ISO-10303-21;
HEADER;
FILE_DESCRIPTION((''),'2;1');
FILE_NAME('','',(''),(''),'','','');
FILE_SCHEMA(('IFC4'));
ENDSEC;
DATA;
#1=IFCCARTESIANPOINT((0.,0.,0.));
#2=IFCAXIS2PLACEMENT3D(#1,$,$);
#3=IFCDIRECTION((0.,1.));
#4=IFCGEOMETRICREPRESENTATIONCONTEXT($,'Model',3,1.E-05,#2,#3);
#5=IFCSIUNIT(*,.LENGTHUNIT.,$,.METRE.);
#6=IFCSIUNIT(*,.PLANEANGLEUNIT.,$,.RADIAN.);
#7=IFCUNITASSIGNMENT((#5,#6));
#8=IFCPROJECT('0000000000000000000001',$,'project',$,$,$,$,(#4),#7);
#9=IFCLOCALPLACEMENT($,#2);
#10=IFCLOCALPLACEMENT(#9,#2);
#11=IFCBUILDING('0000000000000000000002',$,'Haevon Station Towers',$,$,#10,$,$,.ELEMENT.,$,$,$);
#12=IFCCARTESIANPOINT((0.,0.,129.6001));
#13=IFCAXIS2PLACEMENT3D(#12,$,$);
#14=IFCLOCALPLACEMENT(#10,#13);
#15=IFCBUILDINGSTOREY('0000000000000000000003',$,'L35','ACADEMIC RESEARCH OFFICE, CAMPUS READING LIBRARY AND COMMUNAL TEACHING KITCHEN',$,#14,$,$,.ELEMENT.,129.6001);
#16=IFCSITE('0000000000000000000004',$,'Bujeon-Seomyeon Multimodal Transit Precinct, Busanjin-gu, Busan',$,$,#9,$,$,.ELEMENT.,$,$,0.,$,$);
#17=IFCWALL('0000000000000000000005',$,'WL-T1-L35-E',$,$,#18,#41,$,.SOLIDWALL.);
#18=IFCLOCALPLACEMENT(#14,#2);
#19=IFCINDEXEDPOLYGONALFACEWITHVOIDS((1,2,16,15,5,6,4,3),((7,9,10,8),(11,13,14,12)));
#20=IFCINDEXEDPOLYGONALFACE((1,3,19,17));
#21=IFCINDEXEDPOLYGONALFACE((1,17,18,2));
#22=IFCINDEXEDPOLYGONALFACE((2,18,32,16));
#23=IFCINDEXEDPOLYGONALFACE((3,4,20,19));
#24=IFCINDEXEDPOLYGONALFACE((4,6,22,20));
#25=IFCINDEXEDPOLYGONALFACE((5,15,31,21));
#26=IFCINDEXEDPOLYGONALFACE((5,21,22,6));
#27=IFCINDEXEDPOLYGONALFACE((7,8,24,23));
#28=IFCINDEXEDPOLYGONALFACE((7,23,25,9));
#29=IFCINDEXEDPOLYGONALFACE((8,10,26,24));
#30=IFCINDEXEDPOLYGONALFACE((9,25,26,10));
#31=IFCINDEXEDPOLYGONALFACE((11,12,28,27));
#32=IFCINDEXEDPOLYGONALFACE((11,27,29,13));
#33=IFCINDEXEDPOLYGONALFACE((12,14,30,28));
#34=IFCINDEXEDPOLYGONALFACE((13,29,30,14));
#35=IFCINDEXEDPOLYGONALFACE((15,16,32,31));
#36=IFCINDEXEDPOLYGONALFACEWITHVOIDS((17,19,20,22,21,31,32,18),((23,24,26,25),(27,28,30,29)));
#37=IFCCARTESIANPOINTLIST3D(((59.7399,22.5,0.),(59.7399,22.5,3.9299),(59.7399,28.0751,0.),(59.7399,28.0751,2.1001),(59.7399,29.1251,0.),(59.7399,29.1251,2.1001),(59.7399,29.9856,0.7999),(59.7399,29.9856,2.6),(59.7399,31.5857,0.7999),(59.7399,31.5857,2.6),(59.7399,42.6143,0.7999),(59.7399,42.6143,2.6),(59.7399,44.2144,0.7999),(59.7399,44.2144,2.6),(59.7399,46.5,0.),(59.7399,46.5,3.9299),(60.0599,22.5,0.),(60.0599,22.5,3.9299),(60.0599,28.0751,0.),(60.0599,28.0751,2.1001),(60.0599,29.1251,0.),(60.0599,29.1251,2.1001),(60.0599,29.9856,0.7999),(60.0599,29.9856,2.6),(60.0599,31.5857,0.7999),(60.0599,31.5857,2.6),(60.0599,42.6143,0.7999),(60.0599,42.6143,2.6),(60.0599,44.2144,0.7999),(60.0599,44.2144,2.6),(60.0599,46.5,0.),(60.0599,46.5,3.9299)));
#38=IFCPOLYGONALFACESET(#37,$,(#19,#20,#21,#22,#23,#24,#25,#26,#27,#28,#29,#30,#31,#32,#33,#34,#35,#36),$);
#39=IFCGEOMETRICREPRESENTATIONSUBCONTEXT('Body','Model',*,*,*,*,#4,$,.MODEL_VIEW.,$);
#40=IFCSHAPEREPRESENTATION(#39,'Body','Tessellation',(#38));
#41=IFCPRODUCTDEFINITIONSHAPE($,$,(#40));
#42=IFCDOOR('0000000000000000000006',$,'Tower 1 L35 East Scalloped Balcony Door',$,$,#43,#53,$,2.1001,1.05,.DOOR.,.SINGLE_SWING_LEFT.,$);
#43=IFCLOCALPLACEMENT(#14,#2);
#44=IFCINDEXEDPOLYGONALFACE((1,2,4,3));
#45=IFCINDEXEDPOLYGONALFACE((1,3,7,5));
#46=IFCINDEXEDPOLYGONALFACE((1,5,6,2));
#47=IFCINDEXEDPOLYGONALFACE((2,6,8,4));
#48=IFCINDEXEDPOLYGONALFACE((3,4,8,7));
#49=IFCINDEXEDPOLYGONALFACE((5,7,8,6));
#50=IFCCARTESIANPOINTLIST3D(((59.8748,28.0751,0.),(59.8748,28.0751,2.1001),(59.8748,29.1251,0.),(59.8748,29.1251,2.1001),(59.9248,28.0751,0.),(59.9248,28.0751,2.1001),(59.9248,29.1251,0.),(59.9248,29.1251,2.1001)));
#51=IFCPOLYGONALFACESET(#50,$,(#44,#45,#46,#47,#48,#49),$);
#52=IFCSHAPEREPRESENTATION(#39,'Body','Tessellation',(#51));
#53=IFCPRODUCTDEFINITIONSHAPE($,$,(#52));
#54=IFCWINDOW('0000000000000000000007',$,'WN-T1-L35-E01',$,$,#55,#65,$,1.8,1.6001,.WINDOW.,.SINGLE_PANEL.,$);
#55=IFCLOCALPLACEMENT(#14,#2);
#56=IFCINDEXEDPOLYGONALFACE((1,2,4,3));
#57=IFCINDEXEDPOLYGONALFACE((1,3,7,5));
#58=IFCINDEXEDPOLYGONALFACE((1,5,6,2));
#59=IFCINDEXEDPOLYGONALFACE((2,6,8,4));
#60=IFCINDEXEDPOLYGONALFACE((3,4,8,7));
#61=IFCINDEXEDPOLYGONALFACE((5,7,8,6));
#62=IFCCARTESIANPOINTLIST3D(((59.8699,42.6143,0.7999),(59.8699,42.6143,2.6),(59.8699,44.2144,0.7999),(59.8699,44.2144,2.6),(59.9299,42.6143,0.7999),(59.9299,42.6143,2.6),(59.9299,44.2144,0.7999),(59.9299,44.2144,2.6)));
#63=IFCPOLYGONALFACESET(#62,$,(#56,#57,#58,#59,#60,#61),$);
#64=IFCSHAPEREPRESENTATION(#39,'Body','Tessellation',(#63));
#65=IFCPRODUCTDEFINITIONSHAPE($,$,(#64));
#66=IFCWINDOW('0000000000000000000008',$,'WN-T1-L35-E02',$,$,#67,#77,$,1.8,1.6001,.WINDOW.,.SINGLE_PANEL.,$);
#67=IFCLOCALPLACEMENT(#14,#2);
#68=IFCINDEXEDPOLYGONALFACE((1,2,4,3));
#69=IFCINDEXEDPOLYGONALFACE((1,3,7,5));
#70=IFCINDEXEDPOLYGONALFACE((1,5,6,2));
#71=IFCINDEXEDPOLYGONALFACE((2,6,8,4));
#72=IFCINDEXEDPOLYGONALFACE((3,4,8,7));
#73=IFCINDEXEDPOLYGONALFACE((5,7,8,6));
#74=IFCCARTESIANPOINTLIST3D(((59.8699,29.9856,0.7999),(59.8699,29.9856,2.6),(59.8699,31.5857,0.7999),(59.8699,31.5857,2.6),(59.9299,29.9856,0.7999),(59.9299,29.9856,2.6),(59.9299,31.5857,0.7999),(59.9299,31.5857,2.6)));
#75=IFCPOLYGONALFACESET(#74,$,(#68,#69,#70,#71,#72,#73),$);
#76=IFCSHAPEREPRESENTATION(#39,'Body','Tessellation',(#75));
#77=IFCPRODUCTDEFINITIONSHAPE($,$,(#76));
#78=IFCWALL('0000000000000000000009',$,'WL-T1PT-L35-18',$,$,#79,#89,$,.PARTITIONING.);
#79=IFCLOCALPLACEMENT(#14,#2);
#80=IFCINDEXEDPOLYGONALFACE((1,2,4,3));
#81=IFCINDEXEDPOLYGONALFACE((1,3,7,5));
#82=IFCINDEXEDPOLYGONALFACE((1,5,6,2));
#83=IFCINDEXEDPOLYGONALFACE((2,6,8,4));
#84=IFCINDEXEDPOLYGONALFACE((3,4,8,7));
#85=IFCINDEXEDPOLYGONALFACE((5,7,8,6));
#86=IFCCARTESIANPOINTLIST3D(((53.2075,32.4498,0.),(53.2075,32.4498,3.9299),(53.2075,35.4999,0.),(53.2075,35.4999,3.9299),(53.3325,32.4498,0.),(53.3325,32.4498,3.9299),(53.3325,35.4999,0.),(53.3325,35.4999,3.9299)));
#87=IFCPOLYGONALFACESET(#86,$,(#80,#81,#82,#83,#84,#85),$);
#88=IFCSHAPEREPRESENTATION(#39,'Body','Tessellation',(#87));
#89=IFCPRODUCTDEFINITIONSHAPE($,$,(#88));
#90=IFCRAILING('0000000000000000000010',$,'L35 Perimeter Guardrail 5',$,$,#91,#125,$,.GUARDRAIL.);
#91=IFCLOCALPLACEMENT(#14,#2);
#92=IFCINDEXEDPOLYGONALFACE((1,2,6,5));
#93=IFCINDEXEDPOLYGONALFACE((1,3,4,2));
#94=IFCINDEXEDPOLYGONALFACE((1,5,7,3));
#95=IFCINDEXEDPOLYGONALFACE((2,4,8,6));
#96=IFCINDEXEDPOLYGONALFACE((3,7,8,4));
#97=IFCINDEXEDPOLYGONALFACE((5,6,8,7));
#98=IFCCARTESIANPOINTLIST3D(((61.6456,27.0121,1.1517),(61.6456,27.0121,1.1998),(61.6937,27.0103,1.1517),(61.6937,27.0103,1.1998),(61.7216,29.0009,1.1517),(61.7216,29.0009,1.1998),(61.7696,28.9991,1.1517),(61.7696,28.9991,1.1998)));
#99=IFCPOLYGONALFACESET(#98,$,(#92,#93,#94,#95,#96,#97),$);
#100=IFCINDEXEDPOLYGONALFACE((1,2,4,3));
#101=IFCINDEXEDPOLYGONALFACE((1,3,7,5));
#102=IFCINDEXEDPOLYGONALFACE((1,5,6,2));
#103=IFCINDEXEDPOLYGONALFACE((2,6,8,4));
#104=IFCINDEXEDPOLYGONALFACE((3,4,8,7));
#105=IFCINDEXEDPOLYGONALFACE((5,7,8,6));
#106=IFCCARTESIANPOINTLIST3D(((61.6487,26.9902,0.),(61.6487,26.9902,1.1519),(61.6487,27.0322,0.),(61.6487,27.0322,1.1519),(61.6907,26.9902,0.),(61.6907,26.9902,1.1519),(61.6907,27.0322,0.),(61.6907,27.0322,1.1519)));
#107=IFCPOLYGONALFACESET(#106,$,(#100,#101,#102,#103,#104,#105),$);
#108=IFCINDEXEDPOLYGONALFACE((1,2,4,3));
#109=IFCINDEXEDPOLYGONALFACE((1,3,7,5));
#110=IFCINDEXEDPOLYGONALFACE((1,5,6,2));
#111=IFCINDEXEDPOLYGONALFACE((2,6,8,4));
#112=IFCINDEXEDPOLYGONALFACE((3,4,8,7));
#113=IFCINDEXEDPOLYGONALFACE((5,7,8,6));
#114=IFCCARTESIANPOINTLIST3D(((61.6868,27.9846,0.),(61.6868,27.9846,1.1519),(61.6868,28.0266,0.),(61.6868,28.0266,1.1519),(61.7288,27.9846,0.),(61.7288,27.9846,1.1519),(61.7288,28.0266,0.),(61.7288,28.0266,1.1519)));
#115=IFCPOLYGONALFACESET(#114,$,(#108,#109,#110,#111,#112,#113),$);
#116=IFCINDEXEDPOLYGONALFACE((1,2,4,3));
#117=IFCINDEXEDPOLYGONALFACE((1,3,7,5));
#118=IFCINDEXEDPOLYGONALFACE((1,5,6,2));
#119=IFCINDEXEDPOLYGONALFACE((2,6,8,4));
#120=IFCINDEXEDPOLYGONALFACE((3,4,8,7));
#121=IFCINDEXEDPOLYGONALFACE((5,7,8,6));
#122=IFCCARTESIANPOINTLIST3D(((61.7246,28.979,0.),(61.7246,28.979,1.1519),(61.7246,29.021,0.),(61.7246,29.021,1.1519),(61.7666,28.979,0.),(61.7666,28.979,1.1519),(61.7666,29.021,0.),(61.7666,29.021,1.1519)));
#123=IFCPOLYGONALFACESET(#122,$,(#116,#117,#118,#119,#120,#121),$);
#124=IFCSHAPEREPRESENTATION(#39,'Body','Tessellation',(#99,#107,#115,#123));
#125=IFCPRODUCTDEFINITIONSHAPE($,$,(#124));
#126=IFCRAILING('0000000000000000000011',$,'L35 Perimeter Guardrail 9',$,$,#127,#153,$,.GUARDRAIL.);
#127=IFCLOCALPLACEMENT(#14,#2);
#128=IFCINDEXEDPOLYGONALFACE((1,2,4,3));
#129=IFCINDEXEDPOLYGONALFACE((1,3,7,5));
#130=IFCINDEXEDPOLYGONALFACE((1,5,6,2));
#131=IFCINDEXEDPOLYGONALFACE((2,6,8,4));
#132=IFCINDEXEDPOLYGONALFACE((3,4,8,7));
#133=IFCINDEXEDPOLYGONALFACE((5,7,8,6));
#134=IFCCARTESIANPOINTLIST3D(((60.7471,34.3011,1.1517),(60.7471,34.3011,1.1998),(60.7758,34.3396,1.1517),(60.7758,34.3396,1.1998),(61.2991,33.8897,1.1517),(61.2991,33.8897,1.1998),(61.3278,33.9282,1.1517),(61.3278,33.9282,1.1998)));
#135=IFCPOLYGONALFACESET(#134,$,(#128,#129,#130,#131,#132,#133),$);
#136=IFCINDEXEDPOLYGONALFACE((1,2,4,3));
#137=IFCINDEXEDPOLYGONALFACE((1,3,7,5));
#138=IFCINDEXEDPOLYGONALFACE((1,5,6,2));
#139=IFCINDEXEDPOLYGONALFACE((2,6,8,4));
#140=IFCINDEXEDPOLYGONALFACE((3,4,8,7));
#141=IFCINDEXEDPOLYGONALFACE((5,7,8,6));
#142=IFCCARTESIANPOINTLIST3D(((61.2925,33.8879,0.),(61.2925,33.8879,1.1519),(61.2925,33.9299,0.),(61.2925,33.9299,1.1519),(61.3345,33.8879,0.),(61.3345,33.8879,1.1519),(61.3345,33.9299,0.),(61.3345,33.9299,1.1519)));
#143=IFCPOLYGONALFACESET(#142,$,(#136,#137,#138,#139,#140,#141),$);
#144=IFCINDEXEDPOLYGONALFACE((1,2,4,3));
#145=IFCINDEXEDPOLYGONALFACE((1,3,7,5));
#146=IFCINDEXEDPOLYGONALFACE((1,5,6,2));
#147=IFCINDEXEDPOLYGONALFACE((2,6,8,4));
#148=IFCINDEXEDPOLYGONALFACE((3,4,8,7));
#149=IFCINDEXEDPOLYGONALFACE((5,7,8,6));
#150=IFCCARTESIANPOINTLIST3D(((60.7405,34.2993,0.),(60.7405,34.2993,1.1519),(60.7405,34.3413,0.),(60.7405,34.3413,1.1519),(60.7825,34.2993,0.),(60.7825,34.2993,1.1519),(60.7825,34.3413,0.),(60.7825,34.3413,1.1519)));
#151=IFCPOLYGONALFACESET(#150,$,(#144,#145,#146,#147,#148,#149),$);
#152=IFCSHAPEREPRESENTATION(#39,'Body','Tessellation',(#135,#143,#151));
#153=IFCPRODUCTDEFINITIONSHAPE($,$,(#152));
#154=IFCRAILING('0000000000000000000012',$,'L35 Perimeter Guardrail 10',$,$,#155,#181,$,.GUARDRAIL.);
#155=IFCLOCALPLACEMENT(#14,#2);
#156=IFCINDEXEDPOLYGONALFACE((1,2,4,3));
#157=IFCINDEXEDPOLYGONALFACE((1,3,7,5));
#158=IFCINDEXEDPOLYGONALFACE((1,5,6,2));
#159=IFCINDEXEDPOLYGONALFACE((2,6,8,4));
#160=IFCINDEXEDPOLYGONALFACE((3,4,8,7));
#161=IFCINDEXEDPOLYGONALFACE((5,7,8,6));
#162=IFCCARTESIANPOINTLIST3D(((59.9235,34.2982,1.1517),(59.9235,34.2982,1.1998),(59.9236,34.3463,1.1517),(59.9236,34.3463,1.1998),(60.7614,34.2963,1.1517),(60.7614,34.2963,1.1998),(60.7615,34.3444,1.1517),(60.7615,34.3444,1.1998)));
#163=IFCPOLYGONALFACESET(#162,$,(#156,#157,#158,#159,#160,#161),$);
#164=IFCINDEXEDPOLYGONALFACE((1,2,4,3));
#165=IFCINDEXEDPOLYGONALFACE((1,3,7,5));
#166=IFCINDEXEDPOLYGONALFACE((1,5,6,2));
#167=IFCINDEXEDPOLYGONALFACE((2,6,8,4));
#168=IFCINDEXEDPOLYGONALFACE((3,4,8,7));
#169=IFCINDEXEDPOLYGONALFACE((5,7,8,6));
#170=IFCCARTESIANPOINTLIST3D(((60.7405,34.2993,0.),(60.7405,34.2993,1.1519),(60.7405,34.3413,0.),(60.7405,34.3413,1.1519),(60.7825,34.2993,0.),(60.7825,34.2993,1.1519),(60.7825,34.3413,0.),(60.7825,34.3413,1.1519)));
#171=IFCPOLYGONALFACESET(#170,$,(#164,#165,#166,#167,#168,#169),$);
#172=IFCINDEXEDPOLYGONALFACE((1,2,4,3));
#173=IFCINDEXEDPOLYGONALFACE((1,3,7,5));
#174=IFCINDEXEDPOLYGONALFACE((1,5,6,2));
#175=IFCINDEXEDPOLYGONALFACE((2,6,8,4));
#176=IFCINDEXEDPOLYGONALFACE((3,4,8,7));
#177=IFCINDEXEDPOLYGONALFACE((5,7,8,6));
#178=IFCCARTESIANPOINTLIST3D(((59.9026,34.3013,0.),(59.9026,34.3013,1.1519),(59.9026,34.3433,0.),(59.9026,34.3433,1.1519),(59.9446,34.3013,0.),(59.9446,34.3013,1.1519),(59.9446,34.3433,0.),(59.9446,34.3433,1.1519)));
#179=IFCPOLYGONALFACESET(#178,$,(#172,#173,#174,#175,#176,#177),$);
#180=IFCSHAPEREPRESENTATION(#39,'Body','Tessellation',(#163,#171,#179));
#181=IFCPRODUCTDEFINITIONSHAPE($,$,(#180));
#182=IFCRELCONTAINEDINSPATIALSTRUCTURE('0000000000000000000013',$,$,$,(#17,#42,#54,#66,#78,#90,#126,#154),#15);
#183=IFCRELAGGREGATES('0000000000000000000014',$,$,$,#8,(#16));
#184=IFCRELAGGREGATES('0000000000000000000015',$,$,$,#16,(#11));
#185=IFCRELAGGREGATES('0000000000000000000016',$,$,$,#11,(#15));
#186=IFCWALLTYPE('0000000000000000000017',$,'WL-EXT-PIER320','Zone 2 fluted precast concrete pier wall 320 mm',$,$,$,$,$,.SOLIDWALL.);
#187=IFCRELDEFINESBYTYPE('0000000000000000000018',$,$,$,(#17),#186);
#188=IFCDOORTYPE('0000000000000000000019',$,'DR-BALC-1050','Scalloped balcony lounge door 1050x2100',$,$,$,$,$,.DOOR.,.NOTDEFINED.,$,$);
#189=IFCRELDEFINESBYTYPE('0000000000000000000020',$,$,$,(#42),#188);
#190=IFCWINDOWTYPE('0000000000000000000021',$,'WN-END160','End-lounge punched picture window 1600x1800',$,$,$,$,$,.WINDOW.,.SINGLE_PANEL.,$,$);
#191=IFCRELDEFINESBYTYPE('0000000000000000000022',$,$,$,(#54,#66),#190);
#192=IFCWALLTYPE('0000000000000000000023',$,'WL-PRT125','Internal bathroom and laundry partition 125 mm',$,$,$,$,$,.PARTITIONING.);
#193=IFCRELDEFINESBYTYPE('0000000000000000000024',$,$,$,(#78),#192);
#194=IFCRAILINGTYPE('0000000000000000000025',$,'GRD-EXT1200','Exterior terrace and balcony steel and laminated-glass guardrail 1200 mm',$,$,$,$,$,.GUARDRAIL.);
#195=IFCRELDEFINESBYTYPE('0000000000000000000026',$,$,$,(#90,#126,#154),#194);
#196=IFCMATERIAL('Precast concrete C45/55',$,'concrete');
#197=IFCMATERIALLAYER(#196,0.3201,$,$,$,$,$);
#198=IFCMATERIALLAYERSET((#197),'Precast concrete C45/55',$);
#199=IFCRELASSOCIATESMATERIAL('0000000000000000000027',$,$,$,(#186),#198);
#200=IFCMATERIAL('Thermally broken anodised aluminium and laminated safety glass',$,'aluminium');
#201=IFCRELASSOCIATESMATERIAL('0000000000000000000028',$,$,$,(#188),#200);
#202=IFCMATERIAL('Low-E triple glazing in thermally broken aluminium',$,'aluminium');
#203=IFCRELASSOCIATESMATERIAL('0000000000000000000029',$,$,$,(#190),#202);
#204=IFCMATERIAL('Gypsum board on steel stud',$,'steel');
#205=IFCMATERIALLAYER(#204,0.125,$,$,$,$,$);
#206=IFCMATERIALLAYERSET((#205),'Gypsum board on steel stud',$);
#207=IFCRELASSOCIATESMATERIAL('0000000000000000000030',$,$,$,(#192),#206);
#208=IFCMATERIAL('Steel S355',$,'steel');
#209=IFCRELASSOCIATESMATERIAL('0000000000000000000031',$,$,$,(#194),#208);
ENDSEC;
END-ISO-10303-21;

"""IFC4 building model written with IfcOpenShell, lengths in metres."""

from ifc_helpers import new_model, si_unit, direction, frame, frame_2d, origin, origin_2d, place, context, subcontext, project, spatial, rectangle, extrude, material, layer, layer_set, type_object, element, fill, save


model = new_model("IFC4")

# Units and contexts
model_context = context("Model", 3, precision=1e-05, world=origin(), true_north=direction((0.0, 1.0)))
body_context = subcontext(model_context, "Body", "Model", "MODEL_VIEW")
ifc_project = project(units=[si_unit("LENGTHUNIT", "METRE"), si_unit("PLANEANGLEUNIT", "RADIAN")], contexts=[model_context])

# Site, building, storey
site_placement = place(None, origin())
site = spatial("IfcSite", under=ifc_project, at=site_placement, Name="Bujeon-Seomyeon Multimodal Transit Precinct, Busanjin-gu, Busan", CompositionType="ELEMENT", RefElevation=0.0)
building_placement = place(site_placement, origin())
building = spatial("IfcBuilding", under=site, at=building_placement, Name="Haevon Station Towers", CompositionType="ELEMENT")
storey_placement = place(building_placement, frame((0.0, 0.0, 129.6001)))
storey = spatial("IfcBuildingStorey", under=building, at=storey_placement, Name="L35", Description="ACADEMIC RESEARCH OFFICE, CAMPUS READING LIBRARY AND COMMUNAL TEACHING KITCHEN", CompositionType="ELEMENT", Elevation=129.6001)

# Shared definitions
ifc_material_1 = material(Name="Precast concrete C45/55", Category="concrete")
ifc_layer_1 = layer(ifc_material_1, 0.3201)
ifc_layer_set_1 = layer_set([ifc_layer_1], Name="Precast concrete C45/55")
wall_type_1 = type_object("IfcWallType", Name="WL-EXT-PIER320", Description="Zone 2 fluted precast concrete pier wall 320 mm", PredefinedType="SOLIDWALL", material=ifc_layer_set_1)

# Wall, openings, door, windows
wall_1_placement = place(storey_placement, frame((59.8999, 46.5, 0.0), z_axis=(0.0, 0.0, 1.0), x_axis=(0.0, -1.0, 0.0)))
wall_1 = element("IfcWall", 1, at=wall_1_placement, inside=storey, type_object=wall_type_1, Name="WL-T1-L35-E", PredefinedType="SOLIDWALL", context=body_context, shape_type="SweptSolid", body=[
    extrude(rectangle(XDim=24.0, YDim=0.3201, at=frame_2d((12.0, 0.0))), origin(), (0.0, 0.0, 1.0), 3.9299),
])
opening_1_placement = place(wall_1_placement, frame((17.375, 0.0, 0.0)))
opening_1 = element("IfcOpeningElement", 2, at=opening_1_placement, cuts=wall_1, PredefinedType="OPENING", context=body_context, shape_type="SweptSolid", body=[
    extrude(rectangle(XDim=1.05, YDim=2.1001, at=frame_2d((0.5249, 1.05))), frame((0.0, 0.1699, 0.0), z_axis=(0.0, -1.0, 0.0), x_axis=(1.0, 0.0, 0.0)), (0.0, 0.0, 1.0), 0.3401),
])
opening_2_placement = place(wall_1_placement, frame((2.2856, 0.0, 0.8)))
opening_2 = element("IfcOpeningElement", 3, at=opening_2_placement, cuts=wall_1, PredefinedType="OPENING", context=body_context, shape_type="SweptSolid", body=[
    extrude(rectangle(XDim=1.6001, YDim=1.8, at=frame_2d((0.8, 0.8999))), frame((0.0, 0.1699, 0.0), z_axis=(0.0, -1.0, 0.0), x_axis=(1.0, 0.0, 0.0)), (0.0, 0.0, 1.0), 0.3401),
])
opening_3_placement = place(wall_1_placement, frame((14.9143, 0.0, 0.8)))
opening_3 = element("IfcOpeningElement", 4, at=opening_3_placement, cuts=wall_1, PredefinedType="OPENING", context=body_context, shape_type="SweptSolid", body=[
    extrude(rectangle(XDim=1.6001, YDim=1.8, at=frame_2d((0.8, 0.8999))), frame((0.0, 0.1699, 0.0), z_axis=(0.0, -1.0, 0.0), x_axis=(1.0, 0.0, 0.0)), (0.0, 0.0, 1.0), 0.3401),
])
ifc_material_2 = material(Name="Thermally broken anodised aluminium and laminated safety glass", Category="aluminium")
door_type = type_object("IfcDoorType", Name="DR-BALC-1050", Description="Scalloped balcony lounge door 1050x2100", OperationType="NOTDEFINED", PredefinedType="DOOR", material=ifc_material_2)
door_placement = place(opening_1_placement, origin())
door = element("IfcDoor", 5, at=door_placement, inside=storey, type_object=door_type, Name="Tower 1 L35 East Scalloped Balcony Door", OperationType="SINGLE_SWING_LEFT", OverallHeight=2.1001, OverallWidth=1.05, PredefinedType="DOOR", context=body_context, shape_type="SweptSolid", body=[
    extrude(rectangle(XDim=1.05, YDim=2.1001, at=frame_2d((0.5249, 1.05))), frame((0.0, 0.0249, 0.0), z_axis=(0.0, -1.0, 0.0), x_axis=(1.0, 0.0, 0.0)), (0.0, 0.0, 1.0), 0.05),
])
fill(opening_1, door)
ifc_material_3 = material(Name="Low-E triple glazing in thermally broken aluminium", Category="aluminium")
window_type = type_object("IfcWindowType", Name="WN-END160", Description="End-lounge punched picture window 1600x1800", PartitioningType="SINGLE_PANEL", PredefinedType="WINDOW", material=ifc_material_3)
window_1_placement = place(opening_2_placement, origin())
window_1 = element("IfcWindow", 6, at=window_1_placement, inside=storey, type_object=window_type, Name="WN-T1-L35-E01", OverallHeight=1.8, OverallWidth=1.6001, PartitioningType="SINGLE_PANEL", PredefinedType="WINDOW", context=body_context, shape_type="SweptSolid", body=[
    extrude(rectangle(XDim=1.6001, YDim=1.8, at=frame_2d((0.8, 0.8999))), frame((0.0, 0.03, 0.0), z_axis=(0.0, -1.0, 0.0), x_axis=(1.0, 0.0, 0.0)), (0.0, 0.0, 1.0), 0.0601),
])
fill(opening_2, window_1)
window_2_placement = place(opening_3_placement, origin())
window_2 = element("IfcWindow", 7, at=window_2_placement, inside=storey, type_object=window_type, Name="WN-T1-L35-E02", OverallHeight=1.8, OverallWidth=1.6001, PartitioningType="SINGLE_PANEL", PredefinedType="WINDOW", context=body_context, shape_type="SweptSolid", body=[
    extrude(rectangle(XDim=1.6001, YDim=1.8, at=frame_2d((0.8, 0.8999))), frame((0.0, 0.03, 0.0), z_axis=(0.0, -1.0, 0.0), x_axis=(1.0, 0.0, 0.0)), (0.0, 0.0, 1.0), 0.0601),
])
fill(opening_3, window_2)

# Wall
ifc_material_4 = material(Name="Gypsum board on steel stud", Category="steel")
ifc_layer_2 = layer(ifc_material_4, 0.125)
ifc_layer_set_2 = layer_set([ifc_layer_2], Name="Gypsum board on steel stud")
wall_type_2 = type_object("IfcWallType", Name="WL-PRT125", Description="Internal bathroom and laundry partition 125 mm", PredefinedType="PARTITIONING", material=ifc_layer_set_2)
wall_2_placement = place(storey_placement, frame((53.27, 32.45, 0.0), z_axis=(0.0, 0.0, 1.0), x_axis=(0.0, 1.0, 0.0)))
element("IfcWall", 8, at=wall_2_placement, inside=storey, type_object=wall_type_2, Name="WL-T1PT-L35-18", PredefinedType="PARTITIONING", context=body_context, shape_type="SweptSolid", body=[
    extrude(rectangle(XDim=3.05, YDim=0.125, at=frame_2d((1.5249, 0.0))), origin(), (0.0, 0.0, 1.0), 3.9299),
])

# Railings
ifc_material_5 = material(Name="Steel S355", Category="steel")
railing_type = type_object("IfcRailingType", Name="GRD-EXT1200", Description="Exterior terrace and balcony steel and laminated-glass guardrail 1200 mm", PredefinedType="GUARDRAIL", material=ifc_material_5)
railing_1_placement = place(storey_placement, frame((61.6697, 27.0112, 0.0)))
element("IfcRailing", 9, at=railing_1_placement, inside=storey, type_object=railing_type, Name="L35 Perimeter Guardrail 5", PredefinedType="GUARDRAIL", context=body_context, shape_type="SweptSolid", body=[
    extrude(rectangle(XDim=0.0481, YDim=0.0481, at=origin_2d()), frame((0.0, 0.0, 1.1758), z_axis=(0.03815, 0.999272, 0.0), x_axis=(-0.999272, 0.03815, 0.0)), (0.0, 0.0, 1.0), 1.9902),
    extrude(rectangle(XDim=0.042, YDim=0.042, at=origin_2d()), origin(), (0.0, 0.0, 1.0), 1.1519),
    extrude(rectangle(XDim=0.042, YDim=0.042, at=origin_2d()), frame((0.0381, 0.9944, 0.0)), (0.0, 0.0, 1.0), 1.1519),
    extrude(rectangle(XDim=0.042, YDim=0.042, at=origin_2d()), frame((0.0759, 1.9888, 0.0)), (0.0, 0.0, 1.0), 1.1519),
])
railing_2_placement = place(storey_placement, frame((61.3135, 33.9089, 0.0)))
element("IfcRailing", 10, at=railing_2_placement, inside=storey, type_object=railing_type, Name="L35 Perimeter Guardrail 9", PredefinedType="GUARDRAIL", context=body_context, shape_type="SweptSolid", body=[
    extrude(rectangle(XDim=0.0481, YDim=0.0481, at=origin_2d()), frame((0.0, 0.0, 1.1758), z_axis=(-0.801826, 0.597557, 0.0), x_axis=(-0.597557, -0.801826, 0.0)), (0.0, 0.0, 1.0), 0.6885),
    extrude(rectangle(XDim=0.042, YDim=0.042, at=origin_2d()), origin(), (0.0, 0.0, 1.0), 1.1519),
    extrude(rectangle(XDim=0.042, YDim=0.042, at=origin_2d()), frame((-0.552, 0.4114, 0.0)), (0.0, 0.0, 1.0), 1.1519),
])
railing_3_placement = place(storey_placement, frame((60.7615, 34.3203, 0.0)))
element("IfcRailing", 11, at=railing_3_placement, inside=storey, type_object=railing_type, Name="L35 Perimeter Guardrail 10", PredefinedType="GUARDRAIL", context=body_context, shape_type="SweptSolid", body=[
    extrude(rectangle(XDim=0.0481, YDim=0.0481, at=origin_2d()), frame((0.0, 0.0, 1.1758), z_axis=(-0.999997, 0.002331, 0.0), x_axis=(-0.002331, -0.999997, 0.0)), (0.0, 0.0, 1.0), 0.8379),
    extrude(rectangle(XDim=0.042, YDim=0.042, at=origin_2d()), origin(), (0.0, 0.0, 1.0), 1.1519),
    extrude(rectangle(XDim=0.042, YDim=0.042, at=origin_2d()), frame((-0.8379, 0.002, 0.0)), (0.0, 0.0, 1.0), 1.1519),
])

save(model, "model.ifc")
